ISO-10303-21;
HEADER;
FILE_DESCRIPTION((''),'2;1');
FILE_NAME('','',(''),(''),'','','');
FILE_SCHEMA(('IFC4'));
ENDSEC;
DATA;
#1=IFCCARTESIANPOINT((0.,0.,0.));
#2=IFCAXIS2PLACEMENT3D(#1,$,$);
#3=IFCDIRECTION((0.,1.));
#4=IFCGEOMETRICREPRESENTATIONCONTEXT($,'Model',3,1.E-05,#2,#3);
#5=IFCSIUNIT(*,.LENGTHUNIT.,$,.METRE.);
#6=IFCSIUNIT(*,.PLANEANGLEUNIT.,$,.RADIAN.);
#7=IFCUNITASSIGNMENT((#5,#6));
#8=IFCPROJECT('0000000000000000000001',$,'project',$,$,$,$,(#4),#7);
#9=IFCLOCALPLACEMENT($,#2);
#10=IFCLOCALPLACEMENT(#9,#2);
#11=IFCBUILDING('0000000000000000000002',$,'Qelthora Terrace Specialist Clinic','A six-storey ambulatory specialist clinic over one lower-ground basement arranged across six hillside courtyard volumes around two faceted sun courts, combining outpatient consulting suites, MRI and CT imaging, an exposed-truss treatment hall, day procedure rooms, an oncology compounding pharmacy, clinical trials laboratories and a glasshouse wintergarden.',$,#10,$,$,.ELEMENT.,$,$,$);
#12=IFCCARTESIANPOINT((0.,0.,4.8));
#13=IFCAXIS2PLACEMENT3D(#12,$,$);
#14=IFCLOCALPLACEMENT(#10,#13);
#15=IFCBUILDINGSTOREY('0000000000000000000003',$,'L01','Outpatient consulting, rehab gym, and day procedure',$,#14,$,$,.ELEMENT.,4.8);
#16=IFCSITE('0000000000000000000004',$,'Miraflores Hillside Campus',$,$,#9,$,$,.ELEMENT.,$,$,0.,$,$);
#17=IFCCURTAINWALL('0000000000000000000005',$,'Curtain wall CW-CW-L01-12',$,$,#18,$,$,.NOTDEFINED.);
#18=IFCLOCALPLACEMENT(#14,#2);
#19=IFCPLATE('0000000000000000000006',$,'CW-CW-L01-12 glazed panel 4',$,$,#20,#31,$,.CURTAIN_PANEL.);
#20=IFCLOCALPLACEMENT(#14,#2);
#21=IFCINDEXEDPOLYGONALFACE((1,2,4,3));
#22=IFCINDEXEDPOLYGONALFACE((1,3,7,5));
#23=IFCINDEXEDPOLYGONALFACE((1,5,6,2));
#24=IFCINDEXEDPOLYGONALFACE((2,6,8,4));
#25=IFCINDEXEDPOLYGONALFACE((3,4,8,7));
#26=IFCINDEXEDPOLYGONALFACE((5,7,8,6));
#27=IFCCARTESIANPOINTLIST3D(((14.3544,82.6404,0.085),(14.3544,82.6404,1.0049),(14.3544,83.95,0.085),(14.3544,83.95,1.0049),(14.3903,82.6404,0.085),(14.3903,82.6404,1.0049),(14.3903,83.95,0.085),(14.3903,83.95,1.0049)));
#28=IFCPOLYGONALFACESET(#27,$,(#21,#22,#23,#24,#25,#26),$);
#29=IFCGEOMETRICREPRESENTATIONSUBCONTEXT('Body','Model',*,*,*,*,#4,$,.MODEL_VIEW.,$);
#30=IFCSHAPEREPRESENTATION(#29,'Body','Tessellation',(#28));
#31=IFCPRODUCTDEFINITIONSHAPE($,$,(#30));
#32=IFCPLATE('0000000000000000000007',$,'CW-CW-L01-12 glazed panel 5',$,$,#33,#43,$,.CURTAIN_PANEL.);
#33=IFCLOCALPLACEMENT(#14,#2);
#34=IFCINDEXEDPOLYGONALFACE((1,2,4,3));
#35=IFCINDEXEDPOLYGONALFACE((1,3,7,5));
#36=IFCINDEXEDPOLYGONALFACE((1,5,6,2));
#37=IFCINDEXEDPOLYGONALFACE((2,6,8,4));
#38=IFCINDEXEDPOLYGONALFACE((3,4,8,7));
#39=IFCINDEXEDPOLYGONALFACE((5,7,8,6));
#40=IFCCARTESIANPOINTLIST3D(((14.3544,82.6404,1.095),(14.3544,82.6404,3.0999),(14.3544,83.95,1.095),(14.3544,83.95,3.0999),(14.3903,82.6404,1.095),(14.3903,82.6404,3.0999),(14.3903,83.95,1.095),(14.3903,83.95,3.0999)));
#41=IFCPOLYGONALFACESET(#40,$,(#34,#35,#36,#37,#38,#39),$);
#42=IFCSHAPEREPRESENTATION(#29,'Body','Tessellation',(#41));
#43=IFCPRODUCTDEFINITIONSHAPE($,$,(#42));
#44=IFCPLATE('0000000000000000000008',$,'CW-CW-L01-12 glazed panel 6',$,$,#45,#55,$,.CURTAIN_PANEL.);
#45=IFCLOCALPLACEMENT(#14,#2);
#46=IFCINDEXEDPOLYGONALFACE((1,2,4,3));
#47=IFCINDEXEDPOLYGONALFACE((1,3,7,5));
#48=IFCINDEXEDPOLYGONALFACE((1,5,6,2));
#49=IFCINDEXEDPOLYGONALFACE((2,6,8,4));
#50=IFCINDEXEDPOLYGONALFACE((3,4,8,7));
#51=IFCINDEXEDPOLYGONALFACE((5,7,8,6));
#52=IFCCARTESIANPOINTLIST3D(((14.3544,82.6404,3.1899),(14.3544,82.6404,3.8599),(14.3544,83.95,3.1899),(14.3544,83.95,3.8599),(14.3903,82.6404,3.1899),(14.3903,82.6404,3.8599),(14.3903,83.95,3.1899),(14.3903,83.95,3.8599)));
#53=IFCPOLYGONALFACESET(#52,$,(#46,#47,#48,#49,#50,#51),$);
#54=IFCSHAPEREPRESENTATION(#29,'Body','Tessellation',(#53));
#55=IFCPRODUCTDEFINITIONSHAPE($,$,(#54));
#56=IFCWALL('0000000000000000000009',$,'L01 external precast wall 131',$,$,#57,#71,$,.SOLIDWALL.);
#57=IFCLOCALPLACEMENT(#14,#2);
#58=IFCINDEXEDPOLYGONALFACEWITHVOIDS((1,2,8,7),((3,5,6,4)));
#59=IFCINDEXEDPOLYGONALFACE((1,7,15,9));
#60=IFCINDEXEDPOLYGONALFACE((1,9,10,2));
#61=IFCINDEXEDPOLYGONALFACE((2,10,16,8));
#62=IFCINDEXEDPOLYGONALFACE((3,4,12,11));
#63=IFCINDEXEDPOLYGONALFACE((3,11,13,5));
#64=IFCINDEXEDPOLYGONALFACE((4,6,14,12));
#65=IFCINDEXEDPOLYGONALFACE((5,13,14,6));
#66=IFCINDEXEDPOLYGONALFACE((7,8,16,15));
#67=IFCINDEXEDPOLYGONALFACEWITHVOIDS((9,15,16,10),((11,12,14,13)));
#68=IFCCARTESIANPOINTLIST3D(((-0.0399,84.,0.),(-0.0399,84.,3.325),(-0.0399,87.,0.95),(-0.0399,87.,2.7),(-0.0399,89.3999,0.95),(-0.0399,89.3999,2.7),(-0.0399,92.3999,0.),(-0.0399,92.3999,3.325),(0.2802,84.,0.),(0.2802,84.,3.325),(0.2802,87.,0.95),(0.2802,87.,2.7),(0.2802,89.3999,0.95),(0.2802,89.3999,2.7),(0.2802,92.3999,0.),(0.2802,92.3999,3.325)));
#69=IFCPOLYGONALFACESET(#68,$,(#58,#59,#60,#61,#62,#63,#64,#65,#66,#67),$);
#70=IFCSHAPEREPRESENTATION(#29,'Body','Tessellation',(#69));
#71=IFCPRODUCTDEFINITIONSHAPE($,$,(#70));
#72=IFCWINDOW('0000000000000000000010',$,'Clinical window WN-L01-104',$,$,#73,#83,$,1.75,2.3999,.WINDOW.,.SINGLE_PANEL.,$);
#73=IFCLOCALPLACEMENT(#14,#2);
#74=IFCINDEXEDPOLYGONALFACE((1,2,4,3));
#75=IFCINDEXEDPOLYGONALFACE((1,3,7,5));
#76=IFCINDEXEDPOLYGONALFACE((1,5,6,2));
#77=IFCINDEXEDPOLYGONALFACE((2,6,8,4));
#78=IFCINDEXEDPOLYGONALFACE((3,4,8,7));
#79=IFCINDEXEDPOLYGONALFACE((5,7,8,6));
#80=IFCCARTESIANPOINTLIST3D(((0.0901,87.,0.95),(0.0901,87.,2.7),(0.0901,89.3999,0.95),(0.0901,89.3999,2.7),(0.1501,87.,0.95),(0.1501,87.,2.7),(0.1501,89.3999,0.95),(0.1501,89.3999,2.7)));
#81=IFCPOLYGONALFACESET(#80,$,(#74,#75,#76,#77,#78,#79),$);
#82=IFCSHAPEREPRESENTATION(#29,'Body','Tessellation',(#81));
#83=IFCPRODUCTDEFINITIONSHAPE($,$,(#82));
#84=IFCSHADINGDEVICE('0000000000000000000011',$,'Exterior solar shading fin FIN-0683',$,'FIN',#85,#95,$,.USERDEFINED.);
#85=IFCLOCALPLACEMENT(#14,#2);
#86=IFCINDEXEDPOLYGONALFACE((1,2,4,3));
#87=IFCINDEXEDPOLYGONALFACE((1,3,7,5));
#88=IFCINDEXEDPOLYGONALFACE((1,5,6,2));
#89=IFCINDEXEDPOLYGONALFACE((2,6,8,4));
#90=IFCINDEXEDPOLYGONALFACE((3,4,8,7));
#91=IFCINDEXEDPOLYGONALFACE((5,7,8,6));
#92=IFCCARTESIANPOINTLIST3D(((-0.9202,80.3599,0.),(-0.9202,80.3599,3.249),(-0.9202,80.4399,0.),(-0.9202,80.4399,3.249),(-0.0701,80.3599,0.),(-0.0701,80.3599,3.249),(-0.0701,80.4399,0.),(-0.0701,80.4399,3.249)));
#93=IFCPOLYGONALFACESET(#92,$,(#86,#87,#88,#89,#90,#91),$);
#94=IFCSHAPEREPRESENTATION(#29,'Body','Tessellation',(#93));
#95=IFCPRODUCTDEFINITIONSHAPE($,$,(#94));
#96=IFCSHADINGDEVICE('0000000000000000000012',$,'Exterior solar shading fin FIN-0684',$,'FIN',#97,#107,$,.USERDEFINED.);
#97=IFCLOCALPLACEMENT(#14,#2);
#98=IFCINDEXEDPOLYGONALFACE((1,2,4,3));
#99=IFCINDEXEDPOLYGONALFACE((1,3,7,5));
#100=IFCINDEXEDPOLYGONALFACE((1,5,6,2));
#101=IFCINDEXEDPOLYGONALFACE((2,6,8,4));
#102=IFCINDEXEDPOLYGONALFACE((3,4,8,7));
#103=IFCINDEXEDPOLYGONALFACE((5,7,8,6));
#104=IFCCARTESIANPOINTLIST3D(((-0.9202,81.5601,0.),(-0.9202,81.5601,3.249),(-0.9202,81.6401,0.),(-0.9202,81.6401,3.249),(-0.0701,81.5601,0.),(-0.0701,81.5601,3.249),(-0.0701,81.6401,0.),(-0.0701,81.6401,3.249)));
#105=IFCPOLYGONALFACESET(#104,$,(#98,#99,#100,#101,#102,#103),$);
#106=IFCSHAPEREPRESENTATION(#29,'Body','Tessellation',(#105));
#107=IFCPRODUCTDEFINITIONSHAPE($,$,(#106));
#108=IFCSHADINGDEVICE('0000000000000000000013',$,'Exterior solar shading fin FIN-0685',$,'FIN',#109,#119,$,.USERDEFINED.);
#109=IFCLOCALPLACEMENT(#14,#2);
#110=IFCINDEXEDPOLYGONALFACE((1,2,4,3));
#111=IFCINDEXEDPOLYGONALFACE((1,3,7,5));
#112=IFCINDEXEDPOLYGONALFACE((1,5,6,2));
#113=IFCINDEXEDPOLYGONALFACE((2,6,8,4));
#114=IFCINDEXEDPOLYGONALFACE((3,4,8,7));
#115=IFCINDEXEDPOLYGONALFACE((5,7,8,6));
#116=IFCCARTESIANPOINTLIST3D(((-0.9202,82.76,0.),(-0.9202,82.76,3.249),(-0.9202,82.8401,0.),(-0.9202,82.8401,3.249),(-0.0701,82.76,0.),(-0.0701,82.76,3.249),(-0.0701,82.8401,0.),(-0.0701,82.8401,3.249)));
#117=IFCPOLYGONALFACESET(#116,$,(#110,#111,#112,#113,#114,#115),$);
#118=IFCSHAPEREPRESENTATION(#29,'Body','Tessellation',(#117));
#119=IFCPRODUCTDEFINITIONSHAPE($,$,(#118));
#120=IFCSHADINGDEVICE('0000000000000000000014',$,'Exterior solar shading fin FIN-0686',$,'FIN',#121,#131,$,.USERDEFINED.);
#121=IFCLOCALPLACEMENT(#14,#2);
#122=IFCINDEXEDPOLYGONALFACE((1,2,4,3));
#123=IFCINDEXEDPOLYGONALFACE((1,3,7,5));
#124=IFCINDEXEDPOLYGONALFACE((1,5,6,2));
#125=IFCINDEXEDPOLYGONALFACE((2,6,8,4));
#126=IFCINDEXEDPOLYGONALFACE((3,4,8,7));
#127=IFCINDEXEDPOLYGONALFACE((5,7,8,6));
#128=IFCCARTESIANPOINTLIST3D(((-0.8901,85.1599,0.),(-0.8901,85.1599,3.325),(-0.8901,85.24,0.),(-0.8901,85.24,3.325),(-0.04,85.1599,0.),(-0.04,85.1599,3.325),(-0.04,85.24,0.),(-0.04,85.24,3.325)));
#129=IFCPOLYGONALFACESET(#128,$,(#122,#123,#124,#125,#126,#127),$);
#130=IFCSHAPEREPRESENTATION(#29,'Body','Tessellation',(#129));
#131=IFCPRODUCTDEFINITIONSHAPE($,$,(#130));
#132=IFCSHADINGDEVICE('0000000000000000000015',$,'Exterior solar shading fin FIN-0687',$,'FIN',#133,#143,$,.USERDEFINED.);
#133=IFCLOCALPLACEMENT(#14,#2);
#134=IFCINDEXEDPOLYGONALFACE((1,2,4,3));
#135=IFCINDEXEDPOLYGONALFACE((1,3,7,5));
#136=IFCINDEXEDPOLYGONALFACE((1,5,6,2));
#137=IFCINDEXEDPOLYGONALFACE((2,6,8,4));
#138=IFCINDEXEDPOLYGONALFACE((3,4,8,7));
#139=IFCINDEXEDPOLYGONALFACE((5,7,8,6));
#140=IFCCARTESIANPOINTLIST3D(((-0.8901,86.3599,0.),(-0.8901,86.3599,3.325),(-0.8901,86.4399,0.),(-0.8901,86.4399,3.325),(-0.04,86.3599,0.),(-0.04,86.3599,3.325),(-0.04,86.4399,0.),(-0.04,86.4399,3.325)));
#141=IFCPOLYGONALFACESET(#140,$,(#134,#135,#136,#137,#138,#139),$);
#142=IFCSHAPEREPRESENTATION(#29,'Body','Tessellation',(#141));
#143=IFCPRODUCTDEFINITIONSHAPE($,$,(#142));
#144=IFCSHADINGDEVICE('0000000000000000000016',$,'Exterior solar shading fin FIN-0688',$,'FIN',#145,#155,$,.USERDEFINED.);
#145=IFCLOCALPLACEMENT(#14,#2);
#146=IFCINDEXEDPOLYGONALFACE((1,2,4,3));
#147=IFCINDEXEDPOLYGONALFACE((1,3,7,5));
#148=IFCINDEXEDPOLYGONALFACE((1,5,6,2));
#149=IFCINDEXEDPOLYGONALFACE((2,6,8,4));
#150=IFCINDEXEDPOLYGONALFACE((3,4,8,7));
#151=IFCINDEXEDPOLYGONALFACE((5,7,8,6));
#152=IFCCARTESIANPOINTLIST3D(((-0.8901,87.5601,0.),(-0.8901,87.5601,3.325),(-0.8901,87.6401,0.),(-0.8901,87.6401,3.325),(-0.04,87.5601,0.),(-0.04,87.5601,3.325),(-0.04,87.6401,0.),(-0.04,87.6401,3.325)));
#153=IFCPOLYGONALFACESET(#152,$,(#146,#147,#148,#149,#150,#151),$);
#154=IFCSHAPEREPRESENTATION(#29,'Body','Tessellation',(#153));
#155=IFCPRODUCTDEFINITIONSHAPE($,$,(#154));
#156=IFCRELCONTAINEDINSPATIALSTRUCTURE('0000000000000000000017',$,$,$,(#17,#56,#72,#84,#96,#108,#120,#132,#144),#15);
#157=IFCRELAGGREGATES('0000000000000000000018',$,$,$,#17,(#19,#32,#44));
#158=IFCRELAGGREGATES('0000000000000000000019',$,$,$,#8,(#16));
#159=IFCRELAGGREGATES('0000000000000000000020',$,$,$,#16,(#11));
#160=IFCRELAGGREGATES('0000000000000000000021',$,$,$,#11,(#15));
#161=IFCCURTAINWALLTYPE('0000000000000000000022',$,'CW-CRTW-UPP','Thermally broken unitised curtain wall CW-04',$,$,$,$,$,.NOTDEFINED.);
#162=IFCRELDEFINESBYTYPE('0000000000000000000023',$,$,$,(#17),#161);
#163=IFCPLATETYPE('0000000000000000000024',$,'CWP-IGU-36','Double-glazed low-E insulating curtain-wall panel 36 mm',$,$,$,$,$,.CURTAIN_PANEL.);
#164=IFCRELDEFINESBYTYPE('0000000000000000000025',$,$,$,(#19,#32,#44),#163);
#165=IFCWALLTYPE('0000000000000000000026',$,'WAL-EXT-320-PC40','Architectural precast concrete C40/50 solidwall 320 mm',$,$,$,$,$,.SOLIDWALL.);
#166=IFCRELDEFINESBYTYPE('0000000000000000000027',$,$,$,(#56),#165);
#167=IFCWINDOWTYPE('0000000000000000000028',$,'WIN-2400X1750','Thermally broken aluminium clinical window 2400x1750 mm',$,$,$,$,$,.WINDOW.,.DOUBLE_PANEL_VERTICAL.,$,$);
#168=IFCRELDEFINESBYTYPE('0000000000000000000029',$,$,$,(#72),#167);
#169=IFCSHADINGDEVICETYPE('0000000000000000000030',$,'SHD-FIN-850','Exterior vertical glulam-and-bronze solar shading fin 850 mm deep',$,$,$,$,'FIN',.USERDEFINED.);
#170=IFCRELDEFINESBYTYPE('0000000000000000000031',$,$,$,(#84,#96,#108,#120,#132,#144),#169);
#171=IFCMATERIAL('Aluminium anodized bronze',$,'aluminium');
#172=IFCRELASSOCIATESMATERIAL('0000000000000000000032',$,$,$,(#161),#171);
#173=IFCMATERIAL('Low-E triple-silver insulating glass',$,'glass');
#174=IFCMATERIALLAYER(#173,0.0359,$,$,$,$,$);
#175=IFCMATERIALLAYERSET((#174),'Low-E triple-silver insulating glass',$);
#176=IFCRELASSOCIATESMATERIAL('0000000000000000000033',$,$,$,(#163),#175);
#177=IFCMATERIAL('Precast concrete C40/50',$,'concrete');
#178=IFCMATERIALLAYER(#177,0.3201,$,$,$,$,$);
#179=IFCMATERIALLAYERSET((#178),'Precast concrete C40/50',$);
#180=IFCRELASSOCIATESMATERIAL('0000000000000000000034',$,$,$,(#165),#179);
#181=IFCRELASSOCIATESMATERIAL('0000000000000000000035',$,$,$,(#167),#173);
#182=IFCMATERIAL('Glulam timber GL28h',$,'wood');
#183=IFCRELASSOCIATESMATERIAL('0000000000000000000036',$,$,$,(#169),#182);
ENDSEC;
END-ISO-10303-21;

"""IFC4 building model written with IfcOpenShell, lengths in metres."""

from ifc_helpers import new_model, si_unit, direction, frame, frame_2d, origin, origin_2d, place, context, subcontext, project, spatial, rectangle, extrude, material, layer, layer_set, type_object, element, fill, aggregate, save


model = new_model("IFC4")

# Units and contexts
model_context = context("Model", 3, precision=1e-05, world=origin(), true_north=direction((0.0, 1.0)))
body_context = subcontext(model_context, "Body", "Model", "MODEL_VIEW")
ifc_project = project(units=[si_unit("LENGTHUNIT", "METRE"), si_unit("PLANEANGLEUNIT", "RADIAN")], contexts=[model_context])

# Site, building, storey
site_placement = place(None, origin())
site = spatial("IfcSite", under=ifc_project, at=site_placement, Name="Miraflores Hillside Campus", CompositionType="ELEMENT", RefElevation=0.0)
building_placement = place(site_placement, origin())
building = spatial("IfcBuilding", under=site, at=building_placement, Name="Qelthora Terrace Specialist Clinic", Description="A six-storey ambulatory specialist clinic over one lower-ground basement arranged across six hillside courtyard volumes around two faceted sun courts, combining outpatient consulting suites, MRI and CT imaging, an exposed-truss treatment hall, day procedure rooms, an oncology compounding pharmacy, clinical trials laboratories and a glasshouse wintergarden.", CompositionType="ELEMENT")
storey_placement = place(building_placement, frame((0.0, 0.0, 4.8)))
storey = spatial("IfcBuildingStorey", under=building, at=storey_placement, Name="L01", Description="Outpatient consulting, rehab gym, and day procedure", CompositionType="ELEMENT", Elevation=4.8)

# Curtain wall
ifc_material_1 = material(Name="Aluminium anodized bronze", Category="aluminium")
curtain_wall_type = type_object("IfcCurtainWallType", Name="CW-CRTW-UPP", Description="Thermally broken unitised curtain wall CW-04", PredefinedType="NOTDEFINED", material=ifc_material_1)
curtain_wall_placement = place(storey_placement, origin())
curtain_wall = element("IfcCurtainWall", 1, at=curtain_wall_placement, inside=storey, type_object=curtain_wall_type, Name="Curtain wall CW-CW-L01-12", PredefinedType="NOTDEFINED")

# Plates
ifc_material_2 = material(Name="Low-E triple-silver insulating glass", Category="glass")
ifc_layer_1 = layer(ifc_material_2, 0.0359)
ifc_layer_set_1 = layer_set([ifc_layer_1], Name="Low-E triple-silver insulating glass")
plate_type = type_object("IfcPlateType", Name="CWP-IGU-36", Description="Double-glazed low-E insulating curtain-wall panel 36 mm", PredefinedType="CURTAIN_PANEL", material=ifc_layer_set_1)
plate_1_placement = place(storey_placement, frame((14.3723, 83.2952, 0.085), z_axis=(0.0, 0.0, 1.0), x_axis=(0.0, -1.0, 0.0)))
plate_1 = element("IfcPlate", 2, at=plate_1_placement, type_object=plate_type, Name="CW-CW-L01-12 glazed panel 4", PredefinedType="CURTAIN_PANEL", context=body_context, shape_type="SweptSolid", body=[
    extrude(rectangle(XDim=1.3096, YDim=0.0359, at=origin_2d()), origin(), (0.0, 0.0, 1.0), 0.9199),
])
plate_2_placement = place(storey_placement, frame((14.3723, 83.2952, 1.095), z_axis=(0.0, 0.0, 1.0), x_axis=(0.0, -1.0, 0.0)))
plate_2 = element("IfcPlate", 3, at=plate_2_placement, type_object=plate_type, Name="CW-CW-L01-12 glazed panel 5", PredefinedType="CURTAIN_PANEL", context=body_context, shape_type="SweptSolid", body=[
    extrude(rectangle(XDim=1.3096, YDim=0.0359, at=origin_2d()), origin(), (0.0, 0.0, 1.0), 2.0049),
])
plate_3_placement = place(storey_placement, frame((14.3723, 83.2952, 3.1899), z_axis=(0.0, 0.0, 1.0), x_axis=(0.0, -1.0, 0.0)))
plate_3 = element("IfcPlate", 4, at=plate_3_placement, type_object=plate_type, Name="CW-CW-L01-12 glazed panel 6", PredefinedType="CURTAIN_PANEL", context=body_context, shape_type="SweptSolid", body=[
    extrude(rectangle(XDim=1.3096, YDim=0.0359, at=origin_2d()), origin(), (0.0, 0.0, 1.0), 0.6699),
])
aggregate(curtain_wall, [plate_1, plate_2, plate_3])

# Wall, opening, window
ifc_material_3 = material(Name="Precast concrete C40/50", Category="concrete")
ifc_layer_2 = layer(ifc_material_3, 0.3201)
ifc_layer_set_2 = layer_set([ifc_layer_2], Name="Precast concrete C40/50")
wall_type = type_object("IfcWallType", Name="WAL-EXT-320-PC40", Description="Architectural precast concrete C40/50 solidwall 320 mm", PredefinedType="SOLIDWALL", material=ifc_layer_set_2)
wall_placement = place(storey_placement, frame((0.1201, 84.0, 0.0), z_axis=(0.0, 0.0, 1.0), x_axis=(0.0, 1.0, 0.0)))
wall = element("IfcWall", 5, at=wall_placement, inside=storey, type_object=wall_type, Name="L01 external precast wall 131", PredefinedType="SOLIDWALL", context=body_context, shape_type="SweptSolid", body=[
    extrude(rectangle(XDim=8.3999, YDim=0.3201, at=frame_2d((4.2, 0.0))), origin(), (0.0, 0.0, 1.0), 3.325),
])
opening_placement = place(wall_placement, frame((3.0, 0.0, 0.95)))
opening = element("IfcOpeningElement", 6, at=opening_placement, cuts=wall, PredefinedType="OPENING", context=body_context, shape_type="SweptSolid", body=[
    extrude(rectangle(XDim=2.3999, YDim=1.75, at=frame_2d((1.2, 0.875))), frame((0.0, 0.1699, 0.0), z_axis=(0.0, -1.0, 0.0), x_axis=(1.0, 0.0, 0.0)), (0.0, 0.0, 1.0), 0.3401),
])
window_type = type_object("IfcWindowType", Name="WIN-2400X1750", Description="Thermally broken aluminium clinical window 2400x1750 mm", PartitioningType="DOUBLE_PANEL_VERTICAL", PredefinedType="WINDOW", material=ifc_material_2)
window_placement = place(opening_placement, origin())
window = element("IfcWindow", 7, at=window_placement, inside=storey, type_object=window_type, Name="Clinical window WN-L01-104", OverallHeight=1.75, OverallWidth=2.3999, PartitioningType="SINGLE_PANEL", PredefinedType="WINDOW", context=body_context, shape_type="SweptSolid", body=[
    extrude(rectangle(XDim=2.3999, YDim=1.75, at=frame_2d((1.2, 0.875))), frame((0.0, 0.03, 0.0), z_axis=(0.0, -1.0, 0.0), x_axis=(1.0, 0.0, 0.0)), (0.0, 0.0, 1.0), 0.0601),
])
fill(opening, window)

# Shading devices
ifc_material_4 = material(Name="Glulam timber GL28h", Category="wood")
shading_device_type = type_object("IfcShadingDeviceType", Name="SHD-FIN-850", Description="Exterior vertical glulam-and-bronze solar shading fin 850 mm deep", ElementType="FIN", PredefinedType="USERDEFINED", material=ifc_material_4)
for number, where, z_axis, x_axis, name in (
    (8, (-0.4951, 80.3999, 0.0), (0.0, 0.0, 1.0), (-1.0, 0.0, 0.0), "Exterior solar shading fin FIN-0683"),
    (9, (-0.4951, 81.6001, 0.0), (0.0, 0.0, 1.0), (-1.0, 0.0, 0.0), "Exterior solar shading fin FIN-0684"),
    (10, (-0.4951, 82.8, 0.0), (0.0, 0.0, 1.0), (-1.0, 0.0, 0.0), "Exterior solar shading fin FIN-0685"),
):
    element("IfcShadingDevice", number, at=place(storey_placement, frame(where, z_axis=z_axis, x_axis=x_axis)), inside=storey, type_object=shading_device_type, Name=name, ObjectType="FIN", PredefinedType="USERDEFINED", context=body_context, shape_type="SweptSolid", body=[
        extrude(rectangle(XDim=0.8501, YDim=0.0801, at=origin_2d()), origin(), (0.0, 0.0, 1.0), 3.249),
    ])
for number, where, z_axis, x_axis, name in (
    (11, (-0.4651, 85.2, 0.0), (0.0, 0.0, 1.0), (-1.0, 0.0, 0.0), "Exterior solar shading fin FIN-0686"),
    (12, (-0.4651, 86.3999, 0.0), (0.0, 0.0, 1.0), (-1.0, 0.0, 0.0), "Exterior solar shading fin FIN-0687"),
    (13, (-0.4651, 87.6001, 0.0), (0.0, 0.0, 1.0), (-1.0, 0.0, 0.0), "Exterior solar shading fin FIN-0688"),
):
    element("IfcShadingDevice", number, at=place(storey_placement, frame(where, z_axis=z_axis, x_axis=x_axis)), inside=storey, type_object=shading_device_type, Name=name, ObjectType="FIN", PredefinedType="USERDEFINED", context=body_context, shape_type="SweptSolid", body=[
        extrude(rectangle(XDim=0.8501, YDim=0.0801, at=origin_2d()), origin(), (0.0, 0.0, 1.0), 3.325),
    ])

save(model, "model.ifc")
